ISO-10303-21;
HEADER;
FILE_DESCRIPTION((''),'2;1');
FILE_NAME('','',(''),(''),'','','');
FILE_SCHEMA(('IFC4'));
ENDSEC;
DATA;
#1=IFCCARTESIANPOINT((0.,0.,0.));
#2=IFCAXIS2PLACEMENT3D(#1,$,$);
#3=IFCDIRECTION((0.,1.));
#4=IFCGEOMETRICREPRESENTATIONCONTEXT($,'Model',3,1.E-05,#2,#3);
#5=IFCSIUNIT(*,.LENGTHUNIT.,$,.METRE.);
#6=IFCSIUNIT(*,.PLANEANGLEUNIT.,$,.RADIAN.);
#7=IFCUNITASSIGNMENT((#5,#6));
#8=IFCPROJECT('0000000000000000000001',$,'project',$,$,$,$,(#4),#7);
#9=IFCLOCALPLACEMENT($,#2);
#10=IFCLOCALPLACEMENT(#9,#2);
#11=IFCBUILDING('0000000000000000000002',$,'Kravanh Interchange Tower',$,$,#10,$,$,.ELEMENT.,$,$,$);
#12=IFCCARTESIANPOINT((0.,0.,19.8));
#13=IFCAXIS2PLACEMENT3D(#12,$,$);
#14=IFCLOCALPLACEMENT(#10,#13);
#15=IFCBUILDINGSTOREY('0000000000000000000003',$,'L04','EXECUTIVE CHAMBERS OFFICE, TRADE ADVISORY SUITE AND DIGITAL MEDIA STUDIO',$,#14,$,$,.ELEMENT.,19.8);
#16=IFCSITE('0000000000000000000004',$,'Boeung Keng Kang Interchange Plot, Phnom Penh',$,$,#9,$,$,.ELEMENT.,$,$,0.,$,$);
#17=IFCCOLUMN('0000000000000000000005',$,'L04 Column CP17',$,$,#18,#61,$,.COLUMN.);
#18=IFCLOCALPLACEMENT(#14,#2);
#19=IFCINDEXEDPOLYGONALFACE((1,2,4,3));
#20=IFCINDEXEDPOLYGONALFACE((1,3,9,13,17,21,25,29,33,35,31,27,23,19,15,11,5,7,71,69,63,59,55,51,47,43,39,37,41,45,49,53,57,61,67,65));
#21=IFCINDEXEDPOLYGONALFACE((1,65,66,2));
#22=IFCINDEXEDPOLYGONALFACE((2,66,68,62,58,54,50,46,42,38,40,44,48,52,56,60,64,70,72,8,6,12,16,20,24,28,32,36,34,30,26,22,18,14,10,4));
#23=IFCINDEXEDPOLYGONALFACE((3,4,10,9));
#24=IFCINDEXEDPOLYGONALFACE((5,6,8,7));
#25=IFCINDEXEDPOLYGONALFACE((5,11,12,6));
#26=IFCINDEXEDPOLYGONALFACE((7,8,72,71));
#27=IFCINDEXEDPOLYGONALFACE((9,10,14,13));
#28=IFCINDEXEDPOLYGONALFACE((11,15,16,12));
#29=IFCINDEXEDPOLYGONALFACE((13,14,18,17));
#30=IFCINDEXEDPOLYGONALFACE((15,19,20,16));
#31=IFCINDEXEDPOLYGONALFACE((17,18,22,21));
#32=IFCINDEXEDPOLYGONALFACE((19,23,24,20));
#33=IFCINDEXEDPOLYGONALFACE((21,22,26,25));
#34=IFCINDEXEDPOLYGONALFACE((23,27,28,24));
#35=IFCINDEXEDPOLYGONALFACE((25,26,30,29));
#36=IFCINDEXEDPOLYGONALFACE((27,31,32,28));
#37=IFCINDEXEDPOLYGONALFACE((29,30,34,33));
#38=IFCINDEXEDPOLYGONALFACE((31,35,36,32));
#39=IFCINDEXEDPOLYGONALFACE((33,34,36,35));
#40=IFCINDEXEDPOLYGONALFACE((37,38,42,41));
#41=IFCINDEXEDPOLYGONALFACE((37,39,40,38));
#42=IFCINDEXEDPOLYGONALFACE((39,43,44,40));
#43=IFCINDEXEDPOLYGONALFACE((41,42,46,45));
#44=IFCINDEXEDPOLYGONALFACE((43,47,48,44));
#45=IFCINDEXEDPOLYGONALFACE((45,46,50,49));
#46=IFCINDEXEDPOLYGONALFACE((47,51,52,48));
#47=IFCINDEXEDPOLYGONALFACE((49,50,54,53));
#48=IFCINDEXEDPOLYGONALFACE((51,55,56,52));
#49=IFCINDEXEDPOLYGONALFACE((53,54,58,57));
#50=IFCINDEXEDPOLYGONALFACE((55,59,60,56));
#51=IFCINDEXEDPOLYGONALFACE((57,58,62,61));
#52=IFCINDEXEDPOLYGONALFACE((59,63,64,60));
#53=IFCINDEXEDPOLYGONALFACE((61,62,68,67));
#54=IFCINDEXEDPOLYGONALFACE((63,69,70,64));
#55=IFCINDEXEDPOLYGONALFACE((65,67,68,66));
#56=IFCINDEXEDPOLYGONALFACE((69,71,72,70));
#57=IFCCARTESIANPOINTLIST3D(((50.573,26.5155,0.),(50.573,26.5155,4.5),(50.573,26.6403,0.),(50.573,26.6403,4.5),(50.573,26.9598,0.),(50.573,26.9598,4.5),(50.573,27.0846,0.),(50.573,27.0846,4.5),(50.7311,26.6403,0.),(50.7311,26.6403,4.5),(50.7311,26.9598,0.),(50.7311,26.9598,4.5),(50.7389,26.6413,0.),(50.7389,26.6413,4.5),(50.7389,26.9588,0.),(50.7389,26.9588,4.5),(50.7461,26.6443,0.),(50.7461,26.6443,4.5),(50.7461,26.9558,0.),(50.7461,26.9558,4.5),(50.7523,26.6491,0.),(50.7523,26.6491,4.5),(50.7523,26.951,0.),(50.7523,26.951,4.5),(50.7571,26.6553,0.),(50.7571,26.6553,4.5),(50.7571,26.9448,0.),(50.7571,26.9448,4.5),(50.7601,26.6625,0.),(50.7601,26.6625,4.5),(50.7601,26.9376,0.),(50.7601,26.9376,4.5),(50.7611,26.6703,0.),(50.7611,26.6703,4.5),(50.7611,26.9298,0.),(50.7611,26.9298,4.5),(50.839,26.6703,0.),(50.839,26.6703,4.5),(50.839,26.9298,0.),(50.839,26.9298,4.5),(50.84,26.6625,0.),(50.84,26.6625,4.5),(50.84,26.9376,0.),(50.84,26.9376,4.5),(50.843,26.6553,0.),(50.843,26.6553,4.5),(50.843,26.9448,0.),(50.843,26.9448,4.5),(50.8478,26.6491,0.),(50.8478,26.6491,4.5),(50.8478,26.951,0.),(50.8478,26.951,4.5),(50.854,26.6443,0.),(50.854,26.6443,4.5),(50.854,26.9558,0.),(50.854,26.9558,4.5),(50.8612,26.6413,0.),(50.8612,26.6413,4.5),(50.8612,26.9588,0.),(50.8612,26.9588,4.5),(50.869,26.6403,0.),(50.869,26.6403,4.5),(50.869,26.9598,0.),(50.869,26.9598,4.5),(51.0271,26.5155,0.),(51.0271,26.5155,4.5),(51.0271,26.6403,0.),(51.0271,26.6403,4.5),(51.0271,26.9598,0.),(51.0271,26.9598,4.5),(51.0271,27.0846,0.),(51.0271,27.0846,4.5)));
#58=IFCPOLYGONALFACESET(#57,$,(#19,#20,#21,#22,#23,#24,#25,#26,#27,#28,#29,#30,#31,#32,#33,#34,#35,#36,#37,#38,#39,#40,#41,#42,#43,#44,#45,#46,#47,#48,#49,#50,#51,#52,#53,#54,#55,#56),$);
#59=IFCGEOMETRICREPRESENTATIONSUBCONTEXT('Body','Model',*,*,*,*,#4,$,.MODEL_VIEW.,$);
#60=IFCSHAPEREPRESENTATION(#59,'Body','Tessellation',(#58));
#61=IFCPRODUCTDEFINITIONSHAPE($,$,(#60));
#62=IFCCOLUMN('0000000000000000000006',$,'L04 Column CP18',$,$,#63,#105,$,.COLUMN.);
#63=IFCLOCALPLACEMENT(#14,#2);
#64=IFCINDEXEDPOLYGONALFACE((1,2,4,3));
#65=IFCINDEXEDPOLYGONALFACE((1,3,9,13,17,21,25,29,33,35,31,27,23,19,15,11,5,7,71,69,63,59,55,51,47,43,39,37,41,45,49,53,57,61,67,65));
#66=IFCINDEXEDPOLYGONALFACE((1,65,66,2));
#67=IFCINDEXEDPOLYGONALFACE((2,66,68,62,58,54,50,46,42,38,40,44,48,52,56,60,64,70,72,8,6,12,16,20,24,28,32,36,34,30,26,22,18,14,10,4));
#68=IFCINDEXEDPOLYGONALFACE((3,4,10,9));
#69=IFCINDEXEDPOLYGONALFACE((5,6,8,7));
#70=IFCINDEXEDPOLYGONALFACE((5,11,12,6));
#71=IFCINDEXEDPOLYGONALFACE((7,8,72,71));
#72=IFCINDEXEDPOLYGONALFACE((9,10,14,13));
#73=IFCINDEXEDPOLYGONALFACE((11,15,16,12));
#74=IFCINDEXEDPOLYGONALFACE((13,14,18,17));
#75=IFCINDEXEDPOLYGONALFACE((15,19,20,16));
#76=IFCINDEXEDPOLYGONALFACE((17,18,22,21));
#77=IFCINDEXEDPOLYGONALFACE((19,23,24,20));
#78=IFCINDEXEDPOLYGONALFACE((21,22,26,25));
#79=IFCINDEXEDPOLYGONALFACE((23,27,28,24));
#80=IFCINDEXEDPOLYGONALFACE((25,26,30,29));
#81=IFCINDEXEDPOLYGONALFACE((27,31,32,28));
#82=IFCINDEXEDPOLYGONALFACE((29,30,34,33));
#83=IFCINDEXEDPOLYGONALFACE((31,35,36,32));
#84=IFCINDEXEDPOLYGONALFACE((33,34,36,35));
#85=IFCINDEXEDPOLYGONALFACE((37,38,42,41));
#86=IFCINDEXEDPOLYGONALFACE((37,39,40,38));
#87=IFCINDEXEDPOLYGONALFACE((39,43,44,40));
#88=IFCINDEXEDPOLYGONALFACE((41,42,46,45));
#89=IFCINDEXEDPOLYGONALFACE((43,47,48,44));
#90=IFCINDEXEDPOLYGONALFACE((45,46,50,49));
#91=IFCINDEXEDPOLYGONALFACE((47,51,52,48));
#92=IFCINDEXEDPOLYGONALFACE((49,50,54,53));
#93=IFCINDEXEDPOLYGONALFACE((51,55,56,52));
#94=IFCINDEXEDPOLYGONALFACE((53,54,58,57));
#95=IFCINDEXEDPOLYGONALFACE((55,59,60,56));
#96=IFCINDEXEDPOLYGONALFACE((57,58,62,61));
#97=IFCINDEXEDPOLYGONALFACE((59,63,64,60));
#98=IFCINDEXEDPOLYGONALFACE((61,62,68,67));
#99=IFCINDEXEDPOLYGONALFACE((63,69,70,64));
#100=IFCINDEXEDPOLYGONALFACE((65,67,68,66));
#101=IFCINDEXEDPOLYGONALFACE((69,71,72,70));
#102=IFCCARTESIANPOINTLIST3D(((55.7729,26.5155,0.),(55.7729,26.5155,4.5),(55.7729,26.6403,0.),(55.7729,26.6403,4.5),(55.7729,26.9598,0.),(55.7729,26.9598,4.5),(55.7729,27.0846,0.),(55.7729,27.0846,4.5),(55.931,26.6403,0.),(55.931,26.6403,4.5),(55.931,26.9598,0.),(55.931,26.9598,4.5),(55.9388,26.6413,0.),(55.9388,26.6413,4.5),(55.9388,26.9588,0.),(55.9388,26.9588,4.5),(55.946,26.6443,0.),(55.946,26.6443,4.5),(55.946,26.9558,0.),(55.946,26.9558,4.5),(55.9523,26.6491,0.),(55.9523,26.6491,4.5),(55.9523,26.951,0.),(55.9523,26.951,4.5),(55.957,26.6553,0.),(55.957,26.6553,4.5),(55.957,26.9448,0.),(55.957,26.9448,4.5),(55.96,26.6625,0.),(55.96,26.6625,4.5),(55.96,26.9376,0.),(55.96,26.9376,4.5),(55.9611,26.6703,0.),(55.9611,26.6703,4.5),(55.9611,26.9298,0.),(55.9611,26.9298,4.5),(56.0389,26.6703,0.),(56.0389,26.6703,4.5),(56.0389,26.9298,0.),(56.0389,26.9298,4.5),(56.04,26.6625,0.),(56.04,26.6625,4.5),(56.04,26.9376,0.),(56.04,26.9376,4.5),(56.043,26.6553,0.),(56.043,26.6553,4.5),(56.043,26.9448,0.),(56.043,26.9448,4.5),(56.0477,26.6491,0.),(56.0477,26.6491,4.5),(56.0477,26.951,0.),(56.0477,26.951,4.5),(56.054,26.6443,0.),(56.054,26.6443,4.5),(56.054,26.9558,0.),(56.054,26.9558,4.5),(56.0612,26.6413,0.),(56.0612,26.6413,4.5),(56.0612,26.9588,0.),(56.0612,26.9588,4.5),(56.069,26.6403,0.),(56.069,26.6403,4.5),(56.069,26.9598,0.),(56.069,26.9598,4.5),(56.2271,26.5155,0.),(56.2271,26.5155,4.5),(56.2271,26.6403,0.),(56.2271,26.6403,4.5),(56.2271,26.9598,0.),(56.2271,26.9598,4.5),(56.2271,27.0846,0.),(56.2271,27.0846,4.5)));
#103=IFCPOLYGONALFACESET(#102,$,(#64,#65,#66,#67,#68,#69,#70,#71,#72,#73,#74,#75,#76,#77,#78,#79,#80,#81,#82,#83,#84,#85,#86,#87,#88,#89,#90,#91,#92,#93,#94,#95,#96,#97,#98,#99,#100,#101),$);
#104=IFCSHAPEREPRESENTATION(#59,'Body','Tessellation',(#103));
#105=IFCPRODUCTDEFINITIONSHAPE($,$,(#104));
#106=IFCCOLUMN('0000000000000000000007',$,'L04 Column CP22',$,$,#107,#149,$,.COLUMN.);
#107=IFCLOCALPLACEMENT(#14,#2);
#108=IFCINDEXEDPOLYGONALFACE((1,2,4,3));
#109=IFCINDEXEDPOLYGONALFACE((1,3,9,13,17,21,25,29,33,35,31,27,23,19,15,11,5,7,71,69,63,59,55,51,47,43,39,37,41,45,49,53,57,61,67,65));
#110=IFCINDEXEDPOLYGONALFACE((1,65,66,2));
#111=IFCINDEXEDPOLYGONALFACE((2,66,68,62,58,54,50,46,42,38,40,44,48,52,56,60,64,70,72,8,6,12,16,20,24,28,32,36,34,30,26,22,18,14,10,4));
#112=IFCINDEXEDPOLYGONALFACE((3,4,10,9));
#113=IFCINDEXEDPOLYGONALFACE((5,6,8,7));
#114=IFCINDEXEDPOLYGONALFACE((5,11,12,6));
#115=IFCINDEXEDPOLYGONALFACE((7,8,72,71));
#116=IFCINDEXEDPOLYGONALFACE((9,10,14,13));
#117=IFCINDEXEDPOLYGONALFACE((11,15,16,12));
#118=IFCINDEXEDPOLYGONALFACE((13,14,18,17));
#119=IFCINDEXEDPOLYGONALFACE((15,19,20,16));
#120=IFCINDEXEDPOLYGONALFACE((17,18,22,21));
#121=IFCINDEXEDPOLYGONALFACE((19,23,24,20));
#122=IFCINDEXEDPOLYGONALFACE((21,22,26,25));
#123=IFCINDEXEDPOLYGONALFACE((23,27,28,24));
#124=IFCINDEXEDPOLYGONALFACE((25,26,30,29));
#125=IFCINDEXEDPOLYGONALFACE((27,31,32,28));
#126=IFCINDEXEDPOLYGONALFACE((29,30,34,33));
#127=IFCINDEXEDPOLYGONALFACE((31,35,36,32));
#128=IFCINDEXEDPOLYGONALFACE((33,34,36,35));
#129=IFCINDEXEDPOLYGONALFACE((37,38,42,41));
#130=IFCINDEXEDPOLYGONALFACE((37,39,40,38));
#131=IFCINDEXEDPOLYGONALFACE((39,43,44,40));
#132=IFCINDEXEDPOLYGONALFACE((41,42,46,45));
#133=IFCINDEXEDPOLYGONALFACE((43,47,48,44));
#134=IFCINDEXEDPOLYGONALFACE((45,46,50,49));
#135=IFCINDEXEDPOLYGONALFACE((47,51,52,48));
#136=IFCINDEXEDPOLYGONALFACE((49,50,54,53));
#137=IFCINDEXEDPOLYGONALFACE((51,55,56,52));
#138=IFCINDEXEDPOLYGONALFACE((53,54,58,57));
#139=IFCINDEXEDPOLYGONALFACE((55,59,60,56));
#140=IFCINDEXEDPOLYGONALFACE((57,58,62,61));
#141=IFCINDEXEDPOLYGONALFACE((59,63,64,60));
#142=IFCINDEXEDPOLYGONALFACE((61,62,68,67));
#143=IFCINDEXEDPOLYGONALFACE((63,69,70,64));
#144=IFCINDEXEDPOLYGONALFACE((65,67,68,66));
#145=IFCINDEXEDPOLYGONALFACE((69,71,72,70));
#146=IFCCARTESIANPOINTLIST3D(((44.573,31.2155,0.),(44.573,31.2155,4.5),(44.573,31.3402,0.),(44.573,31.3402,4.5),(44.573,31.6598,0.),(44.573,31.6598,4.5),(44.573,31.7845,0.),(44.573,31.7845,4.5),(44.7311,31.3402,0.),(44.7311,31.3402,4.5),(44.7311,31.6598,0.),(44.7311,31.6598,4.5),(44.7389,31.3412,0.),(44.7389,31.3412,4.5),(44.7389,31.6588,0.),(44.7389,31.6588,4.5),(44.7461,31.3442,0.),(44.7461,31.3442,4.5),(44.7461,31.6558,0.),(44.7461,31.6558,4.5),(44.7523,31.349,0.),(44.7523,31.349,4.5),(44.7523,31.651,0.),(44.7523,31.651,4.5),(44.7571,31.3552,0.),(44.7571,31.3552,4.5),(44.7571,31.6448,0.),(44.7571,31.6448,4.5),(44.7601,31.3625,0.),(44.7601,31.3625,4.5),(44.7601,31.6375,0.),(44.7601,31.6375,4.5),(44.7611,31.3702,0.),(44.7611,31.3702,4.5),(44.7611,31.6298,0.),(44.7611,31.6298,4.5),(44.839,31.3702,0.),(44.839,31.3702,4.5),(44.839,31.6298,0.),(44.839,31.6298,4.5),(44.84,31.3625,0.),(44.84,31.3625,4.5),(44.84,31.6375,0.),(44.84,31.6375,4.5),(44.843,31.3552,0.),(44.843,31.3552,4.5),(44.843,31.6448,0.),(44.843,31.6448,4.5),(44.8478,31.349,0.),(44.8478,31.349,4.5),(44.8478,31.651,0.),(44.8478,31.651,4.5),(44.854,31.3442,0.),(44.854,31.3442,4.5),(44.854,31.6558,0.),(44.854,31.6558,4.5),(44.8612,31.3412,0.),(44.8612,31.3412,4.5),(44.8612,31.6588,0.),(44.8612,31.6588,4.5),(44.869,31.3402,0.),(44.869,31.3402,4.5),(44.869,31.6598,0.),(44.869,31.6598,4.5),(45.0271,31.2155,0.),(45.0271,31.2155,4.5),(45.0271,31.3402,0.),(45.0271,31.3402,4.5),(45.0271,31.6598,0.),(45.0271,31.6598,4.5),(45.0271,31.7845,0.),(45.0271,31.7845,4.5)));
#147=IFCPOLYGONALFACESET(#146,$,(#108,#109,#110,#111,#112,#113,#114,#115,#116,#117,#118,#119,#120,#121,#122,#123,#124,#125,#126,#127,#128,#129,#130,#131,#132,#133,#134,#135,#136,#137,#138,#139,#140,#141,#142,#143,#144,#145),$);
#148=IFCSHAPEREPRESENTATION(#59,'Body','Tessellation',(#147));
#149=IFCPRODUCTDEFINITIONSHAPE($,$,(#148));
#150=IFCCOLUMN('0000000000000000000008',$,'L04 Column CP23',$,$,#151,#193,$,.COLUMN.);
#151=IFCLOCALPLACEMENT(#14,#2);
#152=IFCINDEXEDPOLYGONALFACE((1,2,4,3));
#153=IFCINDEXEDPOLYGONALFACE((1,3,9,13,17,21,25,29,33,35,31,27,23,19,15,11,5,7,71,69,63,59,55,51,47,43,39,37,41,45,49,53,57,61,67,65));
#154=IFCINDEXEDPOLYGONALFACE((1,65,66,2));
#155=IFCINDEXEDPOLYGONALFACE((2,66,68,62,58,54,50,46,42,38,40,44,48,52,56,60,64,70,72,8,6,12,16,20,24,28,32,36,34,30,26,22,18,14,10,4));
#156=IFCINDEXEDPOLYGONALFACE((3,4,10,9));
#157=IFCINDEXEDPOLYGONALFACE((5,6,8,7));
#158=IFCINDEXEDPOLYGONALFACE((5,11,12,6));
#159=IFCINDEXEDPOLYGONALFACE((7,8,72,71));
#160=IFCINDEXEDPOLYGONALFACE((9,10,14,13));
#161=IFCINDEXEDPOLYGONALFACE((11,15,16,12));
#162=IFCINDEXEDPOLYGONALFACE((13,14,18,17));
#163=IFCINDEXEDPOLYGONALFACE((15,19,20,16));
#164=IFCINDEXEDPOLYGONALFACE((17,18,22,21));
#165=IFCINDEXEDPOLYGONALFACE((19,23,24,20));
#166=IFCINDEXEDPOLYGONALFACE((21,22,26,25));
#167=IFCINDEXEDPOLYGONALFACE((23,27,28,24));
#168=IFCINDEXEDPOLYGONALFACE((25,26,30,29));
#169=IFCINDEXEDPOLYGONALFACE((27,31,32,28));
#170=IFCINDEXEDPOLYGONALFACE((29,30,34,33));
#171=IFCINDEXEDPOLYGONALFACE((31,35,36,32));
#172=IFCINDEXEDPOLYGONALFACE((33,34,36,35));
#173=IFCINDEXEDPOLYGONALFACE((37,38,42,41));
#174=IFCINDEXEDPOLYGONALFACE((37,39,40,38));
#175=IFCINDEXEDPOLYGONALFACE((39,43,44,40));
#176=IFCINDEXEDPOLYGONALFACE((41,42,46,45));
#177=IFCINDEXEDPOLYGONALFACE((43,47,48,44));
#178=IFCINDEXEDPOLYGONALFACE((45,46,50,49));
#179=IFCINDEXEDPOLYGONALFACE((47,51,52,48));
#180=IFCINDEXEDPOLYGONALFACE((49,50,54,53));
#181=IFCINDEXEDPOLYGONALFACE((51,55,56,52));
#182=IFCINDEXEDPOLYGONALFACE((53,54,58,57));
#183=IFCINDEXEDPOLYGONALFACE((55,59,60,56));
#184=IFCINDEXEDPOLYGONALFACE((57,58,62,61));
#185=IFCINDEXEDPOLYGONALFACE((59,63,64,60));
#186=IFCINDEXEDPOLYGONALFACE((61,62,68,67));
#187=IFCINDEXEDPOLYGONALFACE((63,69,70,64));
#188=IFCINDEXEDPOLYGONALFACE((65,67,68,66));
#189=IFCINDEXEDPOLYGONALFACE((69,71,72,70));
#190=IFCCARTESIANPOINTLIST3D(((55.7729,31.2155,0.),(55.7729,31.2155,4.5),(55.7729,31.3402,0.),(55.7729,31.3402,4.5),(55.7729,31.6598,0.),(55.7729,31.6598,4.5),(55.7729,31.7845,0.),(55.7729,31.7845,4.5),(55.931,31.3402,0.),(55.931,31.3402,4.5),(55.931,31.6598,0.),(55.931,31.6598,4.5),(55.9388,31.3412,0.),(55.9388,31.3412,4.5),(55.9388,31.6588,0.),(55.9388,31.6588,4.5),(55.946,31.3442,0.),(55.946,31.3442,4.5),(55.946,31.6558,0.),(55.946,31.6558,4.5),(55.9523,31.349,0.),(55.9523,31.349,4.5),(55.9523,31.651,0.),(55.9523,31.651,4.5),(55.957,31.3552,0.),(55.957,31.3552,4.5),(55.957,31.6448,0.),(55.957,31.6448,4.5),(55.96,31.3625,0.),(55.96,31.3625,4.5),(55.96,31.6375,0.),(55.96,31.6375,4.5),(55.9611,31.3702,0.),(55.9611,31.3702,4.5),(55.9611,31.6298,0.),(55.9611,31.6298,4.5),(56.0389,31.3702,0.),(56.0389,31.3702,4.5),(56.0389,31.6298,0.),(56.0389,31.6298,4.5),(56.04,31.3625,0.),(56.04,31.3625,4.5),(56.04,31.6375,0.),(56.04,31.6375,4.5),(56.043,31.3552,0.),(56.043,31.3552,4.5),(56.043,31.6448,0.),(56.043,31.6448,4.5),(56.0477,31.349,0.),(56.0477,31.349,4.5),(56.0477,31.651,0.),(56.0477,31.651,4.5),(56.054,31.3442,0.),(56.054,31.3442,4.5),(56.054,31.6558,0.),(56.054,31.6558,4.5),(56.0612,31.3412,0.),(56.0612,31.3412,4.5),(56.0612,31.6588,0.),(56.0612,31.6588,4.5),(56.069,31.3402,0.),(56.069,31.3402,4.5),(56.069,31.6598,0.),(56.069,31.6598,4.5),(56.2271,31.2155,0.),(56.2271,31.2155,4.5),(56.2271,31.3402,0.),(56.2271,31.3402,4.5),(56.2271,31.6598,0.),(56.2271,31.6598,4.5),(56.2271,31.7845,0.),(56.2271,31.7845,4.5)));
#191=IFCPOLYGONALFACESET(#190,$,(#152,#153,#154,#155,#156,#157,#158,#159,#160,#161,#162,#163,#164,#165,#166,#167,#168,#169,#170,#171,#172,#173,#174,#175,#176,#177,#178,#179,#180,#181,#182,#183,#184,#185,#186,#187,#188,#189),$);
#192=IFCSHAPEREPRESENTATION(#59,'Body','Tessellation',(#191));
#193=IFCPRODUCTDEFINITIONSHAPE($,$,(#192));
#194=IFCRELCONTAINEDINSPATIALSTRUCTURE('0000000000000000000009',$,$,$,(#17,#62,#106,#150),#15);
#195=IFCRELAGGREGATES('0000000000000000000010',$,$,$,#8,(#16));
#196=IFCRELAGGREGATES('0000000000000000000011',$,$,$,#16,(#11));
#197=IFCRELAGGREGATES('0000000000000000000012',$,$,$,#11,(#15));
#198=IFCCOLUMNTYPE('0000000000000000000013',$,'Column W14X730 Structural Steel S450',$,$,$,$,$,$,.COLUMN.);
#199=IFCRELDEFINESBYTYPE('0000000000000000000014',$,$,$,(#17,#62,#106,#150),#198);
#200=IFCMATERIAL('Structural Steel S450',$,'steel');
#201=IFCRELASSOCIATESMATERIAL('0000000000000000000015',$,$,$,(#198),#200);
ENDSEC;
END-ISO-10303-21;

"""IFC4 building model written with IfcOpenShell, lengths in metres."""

from ifc_helpers import new_model, si_unit, direction, frame, origin, origin_2d, place, context, subcontext, project, spatial, i_section, extrude, material, material_profile, profile_set, type_object, element, save


model = new_model("IFC4")

# Units and contexts
model_context = context("Model", 3, precision=1e-05, world=origin(), true_north=direction((0.0, 1.0)))
body_context = subcontext(model_context, "Body", "Model", "MODEL_VIEW")
ifc_project = project(units=[si_unit("LENGTHUNIT", "METRE"), si_unit("PLANEANGLEUNIT", "RADIAN")], contexts=[model_context])

# Site, building, storey
site_placement = place(None, origin())
site = spatial("IfcSite", under=ifc_project, at=site_placement, Name="Boeung Keng Kang Interchange Plot, Phnom Penh", CompositionType="ELEMENT", RefElevation=0.0)
building_placement = place(site_placement, origin())
building = spatial("IfcBuilding", under=site, at=building_placement, Name="Kravanh Interchange Tower", CompositionType="ELEMENT")
storey_placement = place(building_placement, frame((0.0, 0.0, 19.8)))
storey = spatial("IfcBuildingStorey", under=building, at=storey_placement, Name="L04", Description="EXECUTIVE CHAMBERS OFFICE, TRADE ADVISORY SUITE AND DIGITAL MEDIA STUDIO", CompositionType="ELEMENT", Elevation=19.8)

# Columns
ifc_material_1 = material(Name="Structural Steel S450", Category="steel")
ifc_material_profile_1 = material_profile(ifc_material_1, i_section(OverallWidth=0.4541, OverallDepth=0.5691, WebThickness=0.0779, FlangeThickness=0.1248, FilletRadius=0.03, at=origin_2d()), Name="W14X730")
ifc_profile_set_1 = profile_set([ifc_material_profile_1], Name="Structural Steel S450")
column_type = type_object("IfcColumnType", Name="Column W14X730 Structural Steel S450", PredefinedType="COLUMN", material=ifc_profile_set_1)
for number, where, z_axis, x_axis, name in (
    (1, (50.8, 26.8, 0.0), (0.0, 0.0, 1.0), (1.0, 0.0, 0.0), "L04 Column CP17"),
    (2, (56.0, 26.8, 0.0), (0.0, 0.0, 1.0), (1.0, 0.0, 0.0), "L04 Column CP18"),
    (3, (44.8, 31.5, 0.0), (0.0, 0.0, 1.0), (1.0, 0.0, 0.0), "L04 Column CP22"),
    (4, (56.0, 31.5, 0.0), (0.0, 0.0, 1.0), (1.0, 0.0, 0.0), "L04 Column CP23"),
):
    element("IfcColumn", number, at=place(storey_placement, frame(where, z_axis=z_axis, x_axis=x_axis)), inside=storey, type_object=column_type, Name=name, PredefinedType="COLUMN", context=body_context, shape_type="SweptSolid", body=[
        extrude(i_section(OverallWidth=0.4541, OverallDepth=0.5691, WebThickness=0.0779, FlangeThickness=0.1248, FilletRadius=0.03, at=origin_2d()), origin(), (0.0, 0.0, 1.0), 4.5),
    ])

save(model, "model.ifc")
